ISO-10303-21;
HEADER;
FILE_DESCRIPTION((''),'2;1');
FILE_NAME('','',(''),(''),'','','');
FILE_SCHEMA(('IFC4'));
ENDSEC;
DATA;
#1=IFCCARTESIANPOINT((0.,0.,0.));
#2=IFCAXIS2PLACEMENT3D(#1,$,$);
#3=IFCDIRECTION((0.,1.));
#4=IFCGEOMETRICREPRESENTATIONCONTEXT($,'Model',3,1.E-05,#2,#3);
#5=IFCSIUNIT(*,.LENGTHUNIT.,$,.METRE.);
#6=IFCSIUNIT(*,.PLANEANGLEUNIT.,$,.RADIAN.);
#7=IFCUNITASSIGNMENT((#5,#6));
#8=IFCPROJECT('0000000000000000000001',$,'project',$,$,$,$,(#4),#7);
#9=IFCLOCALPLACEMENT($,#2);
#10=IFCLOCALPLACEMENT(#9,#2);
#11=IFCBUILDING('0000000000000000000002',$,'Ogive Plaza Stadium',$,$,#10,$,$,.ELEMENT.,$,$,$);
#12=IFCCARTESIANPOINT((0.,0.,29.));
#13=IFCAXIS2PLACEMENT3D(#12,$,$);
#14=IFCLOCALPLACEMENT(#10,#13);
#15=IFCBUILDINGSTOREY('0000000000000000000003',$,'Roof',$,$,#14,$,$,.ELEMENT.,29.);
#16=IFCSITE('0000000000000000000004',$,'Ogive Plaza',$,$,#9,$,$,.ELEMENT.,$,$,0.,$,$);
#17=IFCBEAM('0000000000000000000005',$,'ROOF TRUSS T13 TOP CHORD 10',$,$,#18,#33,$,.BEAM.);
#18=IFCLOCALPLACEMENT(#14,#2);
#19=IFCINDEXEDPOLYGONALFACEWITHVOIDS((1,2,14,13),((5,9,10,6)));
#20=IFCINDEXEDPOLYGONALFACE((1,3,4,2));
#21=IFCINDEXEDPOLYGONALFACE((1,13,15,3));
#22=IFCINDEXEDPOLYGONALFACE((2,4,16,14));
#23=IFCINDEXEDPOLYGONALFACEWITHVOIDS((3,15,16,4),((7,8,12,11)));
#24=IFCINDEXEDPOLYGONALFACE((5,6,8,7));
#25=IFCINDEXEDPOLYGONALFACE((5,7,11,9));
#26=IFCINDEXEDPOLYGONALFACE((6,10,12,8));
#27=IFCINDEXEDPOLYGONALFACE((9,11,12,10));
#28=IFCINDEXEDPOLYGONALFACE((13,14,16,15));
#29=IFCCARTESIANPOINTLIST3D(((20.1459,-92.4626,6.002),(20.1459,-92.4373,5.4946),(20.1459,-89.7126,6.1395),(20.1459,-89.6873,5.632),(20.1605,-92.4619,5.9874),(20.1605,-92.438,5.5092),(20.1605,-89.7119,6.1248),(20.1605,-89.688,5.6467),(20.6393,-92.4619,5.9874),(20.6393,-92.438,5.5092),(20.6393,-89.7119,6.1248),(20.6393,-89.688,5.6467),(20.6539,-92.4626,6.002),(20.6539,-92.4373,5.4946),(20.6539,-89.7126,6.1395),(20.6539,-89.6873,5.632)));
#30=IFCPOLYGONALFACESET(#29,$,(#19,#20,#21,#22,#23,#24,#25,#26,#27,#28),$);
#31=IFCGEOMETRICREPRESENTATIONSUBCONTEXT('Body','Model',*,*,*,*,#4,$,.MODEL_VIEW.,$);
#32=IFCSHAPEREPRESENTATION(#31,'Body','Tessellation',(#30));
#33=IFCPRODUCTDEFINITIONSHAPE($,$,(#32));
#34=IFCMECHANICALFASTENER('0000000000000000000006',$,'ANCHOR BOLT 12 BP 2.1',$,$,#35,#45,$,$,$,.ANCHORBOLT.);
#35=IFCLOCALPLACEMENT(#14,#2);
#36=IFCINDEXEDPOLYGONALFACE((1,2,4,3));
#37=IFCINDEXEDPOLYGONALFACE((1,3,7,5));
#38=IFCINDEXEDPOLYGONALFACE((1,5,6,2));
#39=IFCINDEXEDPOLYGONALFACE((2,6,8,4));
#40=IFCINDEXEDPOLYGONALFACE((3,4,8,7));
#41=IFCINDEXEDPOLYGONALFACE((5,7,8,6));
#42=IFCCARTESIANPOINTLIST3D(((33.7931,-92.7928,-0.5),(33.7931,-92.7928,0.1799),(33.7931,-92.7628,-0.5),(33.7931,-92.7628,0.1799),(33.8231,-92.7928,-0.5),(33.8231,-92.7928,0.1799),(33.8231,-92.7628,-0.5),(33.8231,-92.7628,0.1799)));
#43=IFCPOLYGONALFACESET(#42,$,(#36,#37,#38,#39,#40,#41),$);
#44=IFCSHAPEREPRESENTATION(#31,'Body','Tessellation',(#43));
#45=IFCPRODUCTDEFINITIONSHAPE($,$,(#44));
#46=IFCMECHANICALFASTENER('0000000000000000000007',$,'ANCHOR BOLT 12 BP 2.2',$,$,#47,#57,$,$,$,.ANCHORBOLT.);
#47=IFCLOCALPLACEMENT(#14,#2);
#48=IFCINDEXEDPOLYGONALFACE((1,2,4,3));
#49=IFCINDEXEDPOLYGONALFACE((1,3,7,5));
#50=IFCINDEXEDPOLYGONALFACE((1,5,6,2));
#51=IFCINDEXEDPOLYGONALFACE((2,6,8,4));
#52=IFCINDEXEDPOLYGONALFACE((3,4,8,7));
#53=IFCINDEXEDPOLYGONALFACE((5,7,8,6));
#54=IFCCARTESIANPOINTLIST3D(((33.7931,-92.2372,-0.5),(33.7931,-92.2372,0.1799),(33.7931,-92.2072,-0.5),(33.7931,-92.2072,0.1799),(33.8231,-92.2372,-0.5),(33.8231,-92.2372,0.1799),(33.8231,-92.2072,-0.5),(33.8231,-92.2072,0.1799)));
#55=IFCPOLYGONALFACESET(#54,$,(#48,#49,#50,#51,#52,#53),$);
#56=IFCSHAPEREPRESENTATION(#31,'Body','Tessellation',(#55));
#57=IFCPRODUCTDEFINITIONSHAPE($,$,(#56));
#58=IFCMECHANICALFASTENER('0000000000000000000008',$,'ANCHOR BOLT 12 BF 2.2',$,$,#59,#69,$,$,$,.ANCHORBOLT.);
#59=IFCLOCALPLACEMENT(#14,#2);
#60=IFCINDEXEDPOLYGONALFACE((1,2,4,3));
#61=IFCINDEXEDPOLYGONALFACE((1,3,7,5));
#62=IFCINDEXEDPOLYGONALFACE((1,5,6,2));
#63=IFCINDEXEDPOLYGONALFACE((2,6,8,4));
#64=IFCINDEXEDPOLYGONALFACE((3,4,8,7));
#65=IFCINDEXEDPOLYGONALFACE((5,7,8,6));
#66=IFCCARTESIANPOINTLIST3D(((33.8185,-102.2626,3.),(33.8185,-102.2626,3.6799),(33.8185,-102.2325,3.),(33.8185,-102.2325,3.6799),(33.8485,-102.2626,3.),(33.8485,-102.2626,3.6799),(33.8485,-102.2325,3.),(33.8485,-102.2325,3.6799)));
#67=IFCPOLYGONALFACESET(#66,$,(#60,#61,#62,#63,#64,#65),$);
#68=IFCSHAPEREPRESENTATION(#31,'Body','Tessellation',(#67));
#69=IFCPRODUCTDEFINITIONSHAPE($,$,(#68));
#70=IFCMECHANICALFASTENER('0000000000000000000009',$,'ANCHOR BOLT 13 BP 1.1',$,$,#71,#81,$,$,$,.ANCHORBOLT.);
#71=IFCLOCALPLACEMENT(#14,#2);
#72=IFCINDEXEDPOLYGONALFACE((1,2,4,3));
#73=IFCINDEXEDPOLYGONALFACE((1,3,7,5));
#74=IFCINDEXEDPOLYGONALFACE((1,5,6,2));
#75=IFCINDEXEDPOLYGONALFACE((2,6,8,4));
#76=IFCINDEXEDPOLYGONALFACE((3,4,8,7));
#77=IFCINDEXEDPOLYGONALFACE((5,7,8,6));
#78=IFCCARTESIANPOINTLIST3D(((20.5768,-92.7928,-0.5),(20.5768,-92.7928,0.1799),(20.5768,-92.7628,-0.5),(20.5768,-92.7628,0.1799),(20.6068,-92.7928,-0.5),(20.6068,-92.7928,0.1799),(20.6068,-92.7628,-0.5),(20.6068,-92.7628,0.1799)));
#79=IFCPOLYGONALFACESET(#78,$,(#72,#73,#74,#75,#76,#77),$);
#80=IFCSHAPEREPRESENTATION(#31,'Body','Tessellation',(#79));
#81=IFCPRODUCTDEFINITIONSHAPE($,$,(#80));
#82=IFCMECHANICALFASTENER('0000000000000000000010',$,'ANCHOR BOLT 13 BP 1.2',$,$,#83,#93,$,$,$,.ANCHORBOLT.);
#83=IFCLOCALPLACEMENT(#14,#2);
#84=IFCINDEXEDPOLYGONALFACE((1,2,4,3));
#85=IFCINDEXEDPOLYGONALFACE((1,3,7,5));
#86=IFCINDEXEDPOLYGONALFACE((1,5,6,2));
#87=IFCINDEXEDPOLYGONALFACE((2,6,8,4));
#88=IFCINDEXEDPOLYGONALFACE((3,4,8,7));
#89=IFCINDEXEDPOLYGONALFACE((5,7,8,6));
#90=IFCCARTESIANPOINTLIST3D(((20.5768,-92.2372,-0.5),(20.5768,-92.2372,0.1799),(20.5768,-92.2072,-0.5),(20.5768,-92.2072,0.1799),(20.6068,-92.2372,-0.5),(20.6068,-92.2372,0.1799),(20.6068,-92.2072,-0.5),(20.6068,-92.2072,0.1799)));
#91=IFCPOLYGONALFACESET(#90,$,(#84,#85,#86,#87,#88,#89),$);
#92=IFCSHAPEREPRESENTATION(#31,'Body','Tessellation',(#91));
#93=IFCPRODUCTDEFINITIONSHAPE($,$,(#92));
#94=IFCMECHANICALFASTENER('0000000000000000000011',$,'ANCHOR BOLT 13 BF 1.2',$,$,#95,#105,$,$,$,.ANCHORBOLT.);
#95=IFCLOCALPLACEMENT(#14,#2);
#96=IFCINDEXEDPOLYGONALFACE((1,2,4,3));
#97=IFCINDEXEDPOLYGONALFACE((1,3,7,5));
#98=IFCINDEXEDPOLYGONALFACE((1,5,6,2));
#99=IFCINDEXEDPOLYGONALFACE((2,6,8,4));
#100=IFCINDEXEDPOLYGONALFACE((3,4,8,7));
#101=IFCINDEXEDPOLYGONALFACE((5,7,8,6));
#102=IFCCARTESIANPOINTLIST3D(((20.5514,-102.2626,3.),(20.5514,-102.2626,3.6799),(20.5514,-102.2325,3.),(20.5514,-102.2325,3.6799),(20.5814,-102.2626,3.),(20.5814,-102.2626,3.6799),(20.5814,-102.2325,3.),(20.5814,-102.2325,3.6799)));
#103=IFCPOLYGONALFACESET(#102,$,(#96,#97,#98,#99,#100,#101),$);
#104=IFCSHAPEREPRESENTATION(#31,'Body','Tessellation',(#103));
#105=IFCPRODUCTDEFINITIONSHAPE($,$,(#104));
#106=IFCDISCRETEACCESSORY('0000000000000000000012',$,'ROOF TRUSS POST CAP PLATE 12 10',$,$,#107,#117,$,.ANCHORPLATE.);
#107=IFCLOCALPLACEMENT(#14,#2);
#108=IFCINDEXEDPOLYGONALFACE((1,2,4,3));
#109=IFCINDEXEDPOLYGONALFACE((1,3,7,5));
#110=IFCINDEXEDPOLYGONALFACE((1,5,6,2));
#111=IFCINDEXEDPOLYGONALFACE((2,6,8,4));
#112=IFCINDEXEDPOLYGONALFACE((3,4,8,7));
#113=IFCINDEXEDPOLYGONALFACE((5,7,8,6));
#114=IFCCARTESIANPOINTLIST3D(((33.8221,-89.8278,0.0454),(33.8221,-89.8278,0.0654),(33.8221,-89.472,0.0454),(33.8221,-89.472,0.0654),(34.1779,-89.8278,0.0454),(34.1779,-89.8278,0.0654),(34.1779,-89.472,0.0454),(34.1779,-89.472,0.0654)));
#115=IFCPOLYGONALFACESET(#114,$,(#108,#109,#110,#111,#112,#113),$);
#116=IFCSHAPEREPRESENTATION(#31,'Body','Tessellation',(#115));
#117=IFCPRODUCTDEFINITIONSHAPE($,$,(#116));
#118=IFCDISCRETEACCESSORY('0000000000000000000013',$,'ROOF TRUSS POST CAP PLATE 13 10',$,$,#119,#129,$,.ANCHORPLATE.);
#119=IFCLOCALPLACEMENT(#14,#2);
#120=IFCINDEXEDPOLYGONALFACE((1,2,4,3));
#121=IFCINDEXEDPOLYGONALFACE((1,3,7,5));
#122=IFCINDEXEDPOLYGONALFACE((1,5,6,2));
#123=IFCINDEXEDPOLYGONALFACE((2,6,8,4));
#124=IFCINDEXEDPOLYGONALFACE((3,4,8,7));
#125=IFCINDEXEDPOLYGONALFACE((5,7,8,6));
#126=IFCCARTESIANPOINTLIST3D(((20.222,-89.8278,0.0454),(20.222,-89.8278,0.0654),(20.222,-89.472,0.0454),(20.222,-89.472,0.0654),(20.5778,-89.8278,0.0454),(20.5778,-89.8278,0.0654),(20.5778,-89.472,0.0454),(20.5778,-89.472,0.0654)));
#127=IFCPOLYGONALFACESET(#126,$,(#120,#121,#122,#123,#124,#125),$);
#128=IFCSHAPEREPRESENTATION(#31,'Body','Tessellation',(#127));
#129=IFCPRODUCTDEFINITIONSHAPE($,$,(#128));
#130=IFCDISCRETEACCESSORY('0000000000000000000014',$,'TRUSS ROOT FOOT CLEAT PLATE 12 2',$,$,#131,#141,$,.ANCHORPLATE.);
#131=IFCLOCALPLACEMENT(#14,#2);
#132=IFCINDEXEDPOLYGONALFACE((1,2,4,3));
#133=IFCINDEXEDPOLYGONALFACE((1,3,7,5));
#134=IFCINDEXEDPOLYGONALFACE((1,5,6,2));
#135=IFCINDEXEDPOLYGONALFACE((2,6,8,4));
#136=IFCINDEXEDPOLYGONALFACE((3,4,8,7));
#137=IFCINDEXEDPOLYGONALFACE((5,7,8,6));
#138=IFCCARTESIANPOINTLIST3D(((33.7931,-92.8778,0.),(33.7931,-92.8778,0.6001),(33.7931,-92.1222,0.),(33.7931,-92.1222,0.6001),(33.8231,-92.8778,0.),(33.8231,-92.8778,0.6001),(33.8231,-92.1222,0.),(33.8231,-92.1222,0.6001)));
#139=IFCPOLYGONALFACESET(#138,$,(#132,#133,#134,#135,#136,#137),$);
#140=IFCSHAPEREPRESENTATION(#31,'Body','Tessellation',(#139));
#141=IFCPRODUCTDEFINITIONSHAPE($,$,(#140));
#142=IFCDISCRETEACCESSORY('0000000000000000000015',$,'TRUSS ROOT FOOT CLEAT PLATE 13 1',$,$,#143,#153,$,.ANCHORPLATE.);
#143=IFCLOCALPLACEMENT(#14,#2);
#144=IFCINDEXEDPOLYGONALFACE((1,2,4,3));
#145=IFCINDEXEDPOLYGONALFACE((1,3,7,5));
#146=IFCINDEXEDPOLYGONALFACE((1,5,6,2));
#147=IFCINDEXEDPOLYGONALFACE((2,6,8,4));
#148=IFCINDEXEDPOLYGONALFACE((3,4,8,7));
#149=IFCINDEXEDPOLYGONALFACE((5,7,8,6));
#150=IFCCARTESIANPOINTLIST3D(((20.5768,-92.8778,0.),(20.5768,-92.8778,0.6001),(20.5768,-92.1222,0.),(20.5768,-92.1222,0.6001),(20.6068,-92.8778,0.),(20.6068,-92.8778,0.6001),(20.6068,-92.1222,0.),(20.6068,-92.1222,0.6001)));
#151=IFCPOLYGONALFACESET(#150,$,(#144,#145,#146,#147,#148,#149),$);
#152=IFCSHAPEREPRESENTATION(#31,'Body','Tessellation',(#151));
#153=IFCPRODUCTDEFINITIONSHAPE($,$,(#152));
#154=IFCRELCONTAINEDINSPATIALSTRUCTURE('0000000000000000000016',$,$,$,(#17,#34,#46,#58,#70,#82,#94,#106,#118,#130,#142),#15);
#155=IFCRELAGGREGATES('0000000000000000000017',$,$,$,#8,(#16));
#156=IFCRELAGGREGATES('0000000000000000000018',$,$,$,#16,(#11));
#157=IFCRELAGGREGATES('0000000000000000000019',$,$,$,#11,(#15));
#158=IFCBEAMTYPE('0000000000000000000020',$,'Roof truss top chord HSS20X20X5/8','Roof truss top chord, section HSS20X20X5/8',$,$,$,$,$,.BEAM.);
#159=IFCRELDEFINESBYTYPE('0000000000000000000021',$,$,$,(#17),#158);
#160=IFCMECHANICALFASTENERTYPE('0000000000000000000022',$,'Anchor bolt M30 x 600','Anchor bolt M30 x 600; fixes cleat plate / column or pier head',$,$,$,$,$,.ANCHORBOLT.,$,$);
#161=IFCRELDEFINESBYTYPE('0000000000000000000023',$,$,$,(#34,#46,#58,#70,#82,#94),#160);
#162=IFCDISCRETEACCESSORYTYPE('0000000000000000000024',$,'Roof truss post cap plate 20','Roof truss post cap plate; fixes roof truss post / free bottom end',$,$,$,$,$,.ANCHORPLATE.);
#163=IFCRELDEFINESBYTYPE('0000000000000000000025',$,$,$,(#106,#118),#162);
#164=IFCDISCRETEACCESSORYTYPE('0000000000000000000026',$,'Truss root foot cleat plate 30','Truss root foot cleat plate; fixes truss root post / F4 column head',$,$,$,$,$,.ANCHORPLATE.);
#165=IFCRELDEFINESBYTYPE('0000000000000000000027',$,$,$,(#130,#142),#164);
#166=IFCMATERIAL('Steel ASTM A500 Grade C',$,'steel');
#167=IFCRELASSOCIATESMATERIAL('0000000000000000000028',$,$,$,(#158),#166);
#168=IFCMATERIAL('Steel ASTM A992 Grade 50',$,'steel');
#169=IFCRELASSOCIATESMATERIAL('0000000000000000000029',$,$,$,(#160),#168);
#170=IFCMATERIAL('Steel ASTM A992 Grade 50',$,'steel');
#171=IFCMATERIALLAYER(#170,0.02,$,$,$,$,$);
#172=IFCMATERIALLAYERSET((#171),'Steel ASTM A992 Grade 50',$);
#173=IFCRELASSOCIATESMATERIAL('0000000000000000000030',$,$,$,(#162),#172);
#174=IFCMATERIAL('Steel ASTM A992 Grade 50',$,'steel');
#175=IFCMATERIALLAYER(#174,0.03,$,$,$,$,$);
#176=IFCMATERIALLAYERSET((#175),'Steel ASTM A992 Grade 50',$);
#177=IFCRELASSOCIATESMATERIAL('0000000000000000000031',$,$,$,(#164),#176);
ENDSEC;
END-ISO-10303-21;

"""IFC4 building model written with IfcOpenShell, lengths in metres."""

from ifc_helpers import new_model, si_unit, direction, frame, origin, origin_2d, place, context, subcontext, project, spatial, rectangle, hollow_rectangle, extrude, material, layer, layer_set, material_profile, profile_set, type_object, element, save


model = new_model("IFC4")

# Units and contexts
model_context = context("Model", 3, precision=1e-05, world=origin(), true_north=direction((0.0, 1.0)))
body_context = subcontext(model_context, "Body", "Model", "MODEL_VIEW")
ifc_project = project(units=[si_unit("LENGTHUNIT", "METRE"), si_unit("PLANEANGLEUNIT", "RADIAN")], contexts=[model_context])

# Site, building, storey
site_placement = place(None, origin())
site = spatial("IfcSite", under=ifc_project, at=site_placement, Name="Ogive Plaza", CompositionType="ELEMENT", RefElevation=0.0)
building_placement = place(site_placement, origin())
building = spatial("IfcBuilding", under=site, at=building_placement, Name="Ogive Plaza Stadium", CompositionType="ELEMENT")
storey_placement = place(building_placement, frame((0.0, 0.0, 29.0)))
storey = spatial("IfcBuildingStorey", under=building, at=storey_placement, Name="Roof", CompositionType="ELEMENT", Elevation=29.0)

# Beam
ifc_material_1 = material(Name="Steel ASTM A500 Grade C", Category="steel")
ifc_material_profile_1 = material_profile(ifc_material_1, hollow_rectangle(XDim=0.5081, YDim=0.5081, WallThickness=0.0146, at=origin_2d()), Name="HSS20X20X5/8")
ifc_profile_set_1 = profile_set([ifc_material_profile_1], Name="Steel ASTM A500 Grade C")
beam_type_1 = type_object("IfcBeamType", Name="Roof truss top chord HSS20X20X5/8", Description="Roof truss top chord, section HSS20X20X5/8", PredefinedType="BEAM", material=ifc_profile_set_1)
for number, where, z_axis, x_axis, name in (
    (1, (20.3999, -89.7, 5.8857), (0.0, -0.998753, -0.04992), (1.0, 0.0, 0.0), "ROOF TRUSS T13 TOP CHORD 10"),
):
    element("IfcBeam", number, at=place(storey_placement, frame(where, z_axis=z_axis, x_axis=x_axis)), inside=storey, type_object=beam_type_1, Name=name, PredefinedType="BEAM", context=body_context, shape_type="SweptSolid", body=[
        extrude(hollow_rectangle(XDim=0.5081, YDim=0.5081, WallThickness=0.0146, at=origin_2d()), origin(), (0.0, 0.0, 1.0), 2.7534),
    ])

# Mechanical fasteners
ifc_material_2 = material(Name="Steel ASTM A992 Grade 50", Category="steel")
mechanical_fastener_type = type_object("IfcMechanicalFastenerType", Name="Anchor bolt M30 x 600", Description="Anchor bolt M30 x 600; fixes cleat plate / column or pier head", PredefinedType="ANCHORBOLT", material=ifc_material_2)
for number, where, z_axis, x_axis, name in (
    (2, (33.8081, -92.7778, -0.5), (0.0, 0.0, 1.0), (0.0, -1.0, 0.0), "ANCHOR BOLT 12 BP 2.1"),
    (3, (33.8081, -92.2222, -0.5), (0.0, 0.0, 1.0), (0.0, -1.0, 0.0), "ANCHOR BOLT 12 BP 2.2"),
    (4, (33.8335, -102.2476, 3.0), (0.0, 0.0, 1.0), (0.0, -1.0, 0.0), "ANCHOR BOLT 12 BF 2.2"),
    (5, (20.5918, -92.7778, -0.5), (0.0, 0.0, 1.0), (0.0, -1.0, 0.0), "ANCHOR BOLT 13 BP 1.1"),
    (6, (20.5918, -92.2222, -0.5), (0.0, 0.0, 1.0), (0.0, -1.0, 0.0), "ANCHOR BOLT 13 BP 1.2"),
    (7, (20.5664, -102.2476, 3.0), (0.0, 0.0, 1.0), (0.0, -1.0, 0.0), "ANCHOR BOLT 13 BF 1.2"),
):
    element("IfcMechanicalFastener", number, at=place(storey_placement, frame(where, z_axis=z_axis, x_axis=x_axis)), inside=storey, type_object=mechanical_fastener_type, Name=name, PredefinedType="ANCHORBOLT", context=body_context, shape_type="SweptSolid", body=[
        extrude(rectangle(XDim=0.03, YDim=0.03, at=origin_2d()), origin(), (0.0, 0.0, 1.0), 0.6799),
    ])

# Discrete accessories
ifc_material_3 = material(Name="Steel ASTM A992 Grade 50", Category="steel")
ifc_layer_1 = layer(ifc_material_3, 0.02)
ifc_layer_set_1 = layer_set([ifc_layer_1], Name="Steel ASTM A992 Grade 50")
discrete_accessory_type_1 = type_object("IfcDiscreteAccessoryType", Name="Roof truss post cap plate 20", Description="Roof truss post cap plate; fixes roof truss post / free bottom end", PredefinedType="ANCHORPLATE", material=ifc_layer_set_1)
for number, where, z_axis, x_axis, name in (
    (8, (34.0, -89.6499, 0.0454), (0.0, 0.0, 1.0), (0.0, -1.0, 0.0), "ROOF TRUSS POST CAP PLATE 12 10"),
    (9, (20.3999, -89.6499, 0.0454), (0.0, 0.0, 1.0), (0.0, -1.0, 0.0), "ROOF TRUSS POST CAP PLATE 13 10"),
):
    element("IfcDiscreteAccessory", number, at=place(storey_placement, frame(where, z_axis=z_axis, x_axis=x_axis)), inside=storey, type_object=discrete_accessory_type_1, Name=name, PredefinedType="ANCHORPLATE", context=body_context, shape_type="SweptSolid", body=[
        extrude(rectangle(XDim=0.3557, YDim=0.3557, at=origin_2d()), origin(), (0.0, 0.0, 1.0), 0.02),
    ])
ifc_material_4 = material(Name="Steel ASTM A992 Grade 50", Category="steel")
ifc_layer_2 = layer(ifc_material_4, 0.03)
ifc_layer_set_2 = layer_set([ifc_layer_2], Name="Steel ASTM A992 Grade 50")
discrete_accessory_type_2 = type_object("IfcDiscreteAccessoryType", Name="Truss root foot cleat plate 30", Description="Truss root foot cleat plate; fixes truss root post / F4 column head", PredefinedType="ANCHORPLATE", material=ifc_layer_set_2)
for number, where, z_axis, x_axis, name in (
    (10, (33.8081, -92.5, 0.0), (0.0, 0.0, 1.0), (0.0, -1.0, 0.0), "TRUSS ROOT FOOT CLEAT PLATE 12 2"),
    (11, (20.5918, -92.5, 0.0), (0.0, 0.0, 1.0), (0.0, -1.0, 0.0), "TRUSS ROOT FOOT CLEAT PLATE 13 1"),
):
    element("IfcDiscreteAccessory", number, at=place(storey_placement, frame(where, z_axis=z_axis, x_axis=x_axis)), inside=storey, type_object=discrete_accessory_type_2, Name=name, PredefinedType="ANCHORPLATE", context=body_context, shape_type="SweptSolid", body=[
        extrude(rectangle(XDim=0.7556, YDim=0.03, at=origin_2d()), origin(), (0.0, 0.0, 1.0), 0.6001),
    ])

save(model, "model.ifc")
